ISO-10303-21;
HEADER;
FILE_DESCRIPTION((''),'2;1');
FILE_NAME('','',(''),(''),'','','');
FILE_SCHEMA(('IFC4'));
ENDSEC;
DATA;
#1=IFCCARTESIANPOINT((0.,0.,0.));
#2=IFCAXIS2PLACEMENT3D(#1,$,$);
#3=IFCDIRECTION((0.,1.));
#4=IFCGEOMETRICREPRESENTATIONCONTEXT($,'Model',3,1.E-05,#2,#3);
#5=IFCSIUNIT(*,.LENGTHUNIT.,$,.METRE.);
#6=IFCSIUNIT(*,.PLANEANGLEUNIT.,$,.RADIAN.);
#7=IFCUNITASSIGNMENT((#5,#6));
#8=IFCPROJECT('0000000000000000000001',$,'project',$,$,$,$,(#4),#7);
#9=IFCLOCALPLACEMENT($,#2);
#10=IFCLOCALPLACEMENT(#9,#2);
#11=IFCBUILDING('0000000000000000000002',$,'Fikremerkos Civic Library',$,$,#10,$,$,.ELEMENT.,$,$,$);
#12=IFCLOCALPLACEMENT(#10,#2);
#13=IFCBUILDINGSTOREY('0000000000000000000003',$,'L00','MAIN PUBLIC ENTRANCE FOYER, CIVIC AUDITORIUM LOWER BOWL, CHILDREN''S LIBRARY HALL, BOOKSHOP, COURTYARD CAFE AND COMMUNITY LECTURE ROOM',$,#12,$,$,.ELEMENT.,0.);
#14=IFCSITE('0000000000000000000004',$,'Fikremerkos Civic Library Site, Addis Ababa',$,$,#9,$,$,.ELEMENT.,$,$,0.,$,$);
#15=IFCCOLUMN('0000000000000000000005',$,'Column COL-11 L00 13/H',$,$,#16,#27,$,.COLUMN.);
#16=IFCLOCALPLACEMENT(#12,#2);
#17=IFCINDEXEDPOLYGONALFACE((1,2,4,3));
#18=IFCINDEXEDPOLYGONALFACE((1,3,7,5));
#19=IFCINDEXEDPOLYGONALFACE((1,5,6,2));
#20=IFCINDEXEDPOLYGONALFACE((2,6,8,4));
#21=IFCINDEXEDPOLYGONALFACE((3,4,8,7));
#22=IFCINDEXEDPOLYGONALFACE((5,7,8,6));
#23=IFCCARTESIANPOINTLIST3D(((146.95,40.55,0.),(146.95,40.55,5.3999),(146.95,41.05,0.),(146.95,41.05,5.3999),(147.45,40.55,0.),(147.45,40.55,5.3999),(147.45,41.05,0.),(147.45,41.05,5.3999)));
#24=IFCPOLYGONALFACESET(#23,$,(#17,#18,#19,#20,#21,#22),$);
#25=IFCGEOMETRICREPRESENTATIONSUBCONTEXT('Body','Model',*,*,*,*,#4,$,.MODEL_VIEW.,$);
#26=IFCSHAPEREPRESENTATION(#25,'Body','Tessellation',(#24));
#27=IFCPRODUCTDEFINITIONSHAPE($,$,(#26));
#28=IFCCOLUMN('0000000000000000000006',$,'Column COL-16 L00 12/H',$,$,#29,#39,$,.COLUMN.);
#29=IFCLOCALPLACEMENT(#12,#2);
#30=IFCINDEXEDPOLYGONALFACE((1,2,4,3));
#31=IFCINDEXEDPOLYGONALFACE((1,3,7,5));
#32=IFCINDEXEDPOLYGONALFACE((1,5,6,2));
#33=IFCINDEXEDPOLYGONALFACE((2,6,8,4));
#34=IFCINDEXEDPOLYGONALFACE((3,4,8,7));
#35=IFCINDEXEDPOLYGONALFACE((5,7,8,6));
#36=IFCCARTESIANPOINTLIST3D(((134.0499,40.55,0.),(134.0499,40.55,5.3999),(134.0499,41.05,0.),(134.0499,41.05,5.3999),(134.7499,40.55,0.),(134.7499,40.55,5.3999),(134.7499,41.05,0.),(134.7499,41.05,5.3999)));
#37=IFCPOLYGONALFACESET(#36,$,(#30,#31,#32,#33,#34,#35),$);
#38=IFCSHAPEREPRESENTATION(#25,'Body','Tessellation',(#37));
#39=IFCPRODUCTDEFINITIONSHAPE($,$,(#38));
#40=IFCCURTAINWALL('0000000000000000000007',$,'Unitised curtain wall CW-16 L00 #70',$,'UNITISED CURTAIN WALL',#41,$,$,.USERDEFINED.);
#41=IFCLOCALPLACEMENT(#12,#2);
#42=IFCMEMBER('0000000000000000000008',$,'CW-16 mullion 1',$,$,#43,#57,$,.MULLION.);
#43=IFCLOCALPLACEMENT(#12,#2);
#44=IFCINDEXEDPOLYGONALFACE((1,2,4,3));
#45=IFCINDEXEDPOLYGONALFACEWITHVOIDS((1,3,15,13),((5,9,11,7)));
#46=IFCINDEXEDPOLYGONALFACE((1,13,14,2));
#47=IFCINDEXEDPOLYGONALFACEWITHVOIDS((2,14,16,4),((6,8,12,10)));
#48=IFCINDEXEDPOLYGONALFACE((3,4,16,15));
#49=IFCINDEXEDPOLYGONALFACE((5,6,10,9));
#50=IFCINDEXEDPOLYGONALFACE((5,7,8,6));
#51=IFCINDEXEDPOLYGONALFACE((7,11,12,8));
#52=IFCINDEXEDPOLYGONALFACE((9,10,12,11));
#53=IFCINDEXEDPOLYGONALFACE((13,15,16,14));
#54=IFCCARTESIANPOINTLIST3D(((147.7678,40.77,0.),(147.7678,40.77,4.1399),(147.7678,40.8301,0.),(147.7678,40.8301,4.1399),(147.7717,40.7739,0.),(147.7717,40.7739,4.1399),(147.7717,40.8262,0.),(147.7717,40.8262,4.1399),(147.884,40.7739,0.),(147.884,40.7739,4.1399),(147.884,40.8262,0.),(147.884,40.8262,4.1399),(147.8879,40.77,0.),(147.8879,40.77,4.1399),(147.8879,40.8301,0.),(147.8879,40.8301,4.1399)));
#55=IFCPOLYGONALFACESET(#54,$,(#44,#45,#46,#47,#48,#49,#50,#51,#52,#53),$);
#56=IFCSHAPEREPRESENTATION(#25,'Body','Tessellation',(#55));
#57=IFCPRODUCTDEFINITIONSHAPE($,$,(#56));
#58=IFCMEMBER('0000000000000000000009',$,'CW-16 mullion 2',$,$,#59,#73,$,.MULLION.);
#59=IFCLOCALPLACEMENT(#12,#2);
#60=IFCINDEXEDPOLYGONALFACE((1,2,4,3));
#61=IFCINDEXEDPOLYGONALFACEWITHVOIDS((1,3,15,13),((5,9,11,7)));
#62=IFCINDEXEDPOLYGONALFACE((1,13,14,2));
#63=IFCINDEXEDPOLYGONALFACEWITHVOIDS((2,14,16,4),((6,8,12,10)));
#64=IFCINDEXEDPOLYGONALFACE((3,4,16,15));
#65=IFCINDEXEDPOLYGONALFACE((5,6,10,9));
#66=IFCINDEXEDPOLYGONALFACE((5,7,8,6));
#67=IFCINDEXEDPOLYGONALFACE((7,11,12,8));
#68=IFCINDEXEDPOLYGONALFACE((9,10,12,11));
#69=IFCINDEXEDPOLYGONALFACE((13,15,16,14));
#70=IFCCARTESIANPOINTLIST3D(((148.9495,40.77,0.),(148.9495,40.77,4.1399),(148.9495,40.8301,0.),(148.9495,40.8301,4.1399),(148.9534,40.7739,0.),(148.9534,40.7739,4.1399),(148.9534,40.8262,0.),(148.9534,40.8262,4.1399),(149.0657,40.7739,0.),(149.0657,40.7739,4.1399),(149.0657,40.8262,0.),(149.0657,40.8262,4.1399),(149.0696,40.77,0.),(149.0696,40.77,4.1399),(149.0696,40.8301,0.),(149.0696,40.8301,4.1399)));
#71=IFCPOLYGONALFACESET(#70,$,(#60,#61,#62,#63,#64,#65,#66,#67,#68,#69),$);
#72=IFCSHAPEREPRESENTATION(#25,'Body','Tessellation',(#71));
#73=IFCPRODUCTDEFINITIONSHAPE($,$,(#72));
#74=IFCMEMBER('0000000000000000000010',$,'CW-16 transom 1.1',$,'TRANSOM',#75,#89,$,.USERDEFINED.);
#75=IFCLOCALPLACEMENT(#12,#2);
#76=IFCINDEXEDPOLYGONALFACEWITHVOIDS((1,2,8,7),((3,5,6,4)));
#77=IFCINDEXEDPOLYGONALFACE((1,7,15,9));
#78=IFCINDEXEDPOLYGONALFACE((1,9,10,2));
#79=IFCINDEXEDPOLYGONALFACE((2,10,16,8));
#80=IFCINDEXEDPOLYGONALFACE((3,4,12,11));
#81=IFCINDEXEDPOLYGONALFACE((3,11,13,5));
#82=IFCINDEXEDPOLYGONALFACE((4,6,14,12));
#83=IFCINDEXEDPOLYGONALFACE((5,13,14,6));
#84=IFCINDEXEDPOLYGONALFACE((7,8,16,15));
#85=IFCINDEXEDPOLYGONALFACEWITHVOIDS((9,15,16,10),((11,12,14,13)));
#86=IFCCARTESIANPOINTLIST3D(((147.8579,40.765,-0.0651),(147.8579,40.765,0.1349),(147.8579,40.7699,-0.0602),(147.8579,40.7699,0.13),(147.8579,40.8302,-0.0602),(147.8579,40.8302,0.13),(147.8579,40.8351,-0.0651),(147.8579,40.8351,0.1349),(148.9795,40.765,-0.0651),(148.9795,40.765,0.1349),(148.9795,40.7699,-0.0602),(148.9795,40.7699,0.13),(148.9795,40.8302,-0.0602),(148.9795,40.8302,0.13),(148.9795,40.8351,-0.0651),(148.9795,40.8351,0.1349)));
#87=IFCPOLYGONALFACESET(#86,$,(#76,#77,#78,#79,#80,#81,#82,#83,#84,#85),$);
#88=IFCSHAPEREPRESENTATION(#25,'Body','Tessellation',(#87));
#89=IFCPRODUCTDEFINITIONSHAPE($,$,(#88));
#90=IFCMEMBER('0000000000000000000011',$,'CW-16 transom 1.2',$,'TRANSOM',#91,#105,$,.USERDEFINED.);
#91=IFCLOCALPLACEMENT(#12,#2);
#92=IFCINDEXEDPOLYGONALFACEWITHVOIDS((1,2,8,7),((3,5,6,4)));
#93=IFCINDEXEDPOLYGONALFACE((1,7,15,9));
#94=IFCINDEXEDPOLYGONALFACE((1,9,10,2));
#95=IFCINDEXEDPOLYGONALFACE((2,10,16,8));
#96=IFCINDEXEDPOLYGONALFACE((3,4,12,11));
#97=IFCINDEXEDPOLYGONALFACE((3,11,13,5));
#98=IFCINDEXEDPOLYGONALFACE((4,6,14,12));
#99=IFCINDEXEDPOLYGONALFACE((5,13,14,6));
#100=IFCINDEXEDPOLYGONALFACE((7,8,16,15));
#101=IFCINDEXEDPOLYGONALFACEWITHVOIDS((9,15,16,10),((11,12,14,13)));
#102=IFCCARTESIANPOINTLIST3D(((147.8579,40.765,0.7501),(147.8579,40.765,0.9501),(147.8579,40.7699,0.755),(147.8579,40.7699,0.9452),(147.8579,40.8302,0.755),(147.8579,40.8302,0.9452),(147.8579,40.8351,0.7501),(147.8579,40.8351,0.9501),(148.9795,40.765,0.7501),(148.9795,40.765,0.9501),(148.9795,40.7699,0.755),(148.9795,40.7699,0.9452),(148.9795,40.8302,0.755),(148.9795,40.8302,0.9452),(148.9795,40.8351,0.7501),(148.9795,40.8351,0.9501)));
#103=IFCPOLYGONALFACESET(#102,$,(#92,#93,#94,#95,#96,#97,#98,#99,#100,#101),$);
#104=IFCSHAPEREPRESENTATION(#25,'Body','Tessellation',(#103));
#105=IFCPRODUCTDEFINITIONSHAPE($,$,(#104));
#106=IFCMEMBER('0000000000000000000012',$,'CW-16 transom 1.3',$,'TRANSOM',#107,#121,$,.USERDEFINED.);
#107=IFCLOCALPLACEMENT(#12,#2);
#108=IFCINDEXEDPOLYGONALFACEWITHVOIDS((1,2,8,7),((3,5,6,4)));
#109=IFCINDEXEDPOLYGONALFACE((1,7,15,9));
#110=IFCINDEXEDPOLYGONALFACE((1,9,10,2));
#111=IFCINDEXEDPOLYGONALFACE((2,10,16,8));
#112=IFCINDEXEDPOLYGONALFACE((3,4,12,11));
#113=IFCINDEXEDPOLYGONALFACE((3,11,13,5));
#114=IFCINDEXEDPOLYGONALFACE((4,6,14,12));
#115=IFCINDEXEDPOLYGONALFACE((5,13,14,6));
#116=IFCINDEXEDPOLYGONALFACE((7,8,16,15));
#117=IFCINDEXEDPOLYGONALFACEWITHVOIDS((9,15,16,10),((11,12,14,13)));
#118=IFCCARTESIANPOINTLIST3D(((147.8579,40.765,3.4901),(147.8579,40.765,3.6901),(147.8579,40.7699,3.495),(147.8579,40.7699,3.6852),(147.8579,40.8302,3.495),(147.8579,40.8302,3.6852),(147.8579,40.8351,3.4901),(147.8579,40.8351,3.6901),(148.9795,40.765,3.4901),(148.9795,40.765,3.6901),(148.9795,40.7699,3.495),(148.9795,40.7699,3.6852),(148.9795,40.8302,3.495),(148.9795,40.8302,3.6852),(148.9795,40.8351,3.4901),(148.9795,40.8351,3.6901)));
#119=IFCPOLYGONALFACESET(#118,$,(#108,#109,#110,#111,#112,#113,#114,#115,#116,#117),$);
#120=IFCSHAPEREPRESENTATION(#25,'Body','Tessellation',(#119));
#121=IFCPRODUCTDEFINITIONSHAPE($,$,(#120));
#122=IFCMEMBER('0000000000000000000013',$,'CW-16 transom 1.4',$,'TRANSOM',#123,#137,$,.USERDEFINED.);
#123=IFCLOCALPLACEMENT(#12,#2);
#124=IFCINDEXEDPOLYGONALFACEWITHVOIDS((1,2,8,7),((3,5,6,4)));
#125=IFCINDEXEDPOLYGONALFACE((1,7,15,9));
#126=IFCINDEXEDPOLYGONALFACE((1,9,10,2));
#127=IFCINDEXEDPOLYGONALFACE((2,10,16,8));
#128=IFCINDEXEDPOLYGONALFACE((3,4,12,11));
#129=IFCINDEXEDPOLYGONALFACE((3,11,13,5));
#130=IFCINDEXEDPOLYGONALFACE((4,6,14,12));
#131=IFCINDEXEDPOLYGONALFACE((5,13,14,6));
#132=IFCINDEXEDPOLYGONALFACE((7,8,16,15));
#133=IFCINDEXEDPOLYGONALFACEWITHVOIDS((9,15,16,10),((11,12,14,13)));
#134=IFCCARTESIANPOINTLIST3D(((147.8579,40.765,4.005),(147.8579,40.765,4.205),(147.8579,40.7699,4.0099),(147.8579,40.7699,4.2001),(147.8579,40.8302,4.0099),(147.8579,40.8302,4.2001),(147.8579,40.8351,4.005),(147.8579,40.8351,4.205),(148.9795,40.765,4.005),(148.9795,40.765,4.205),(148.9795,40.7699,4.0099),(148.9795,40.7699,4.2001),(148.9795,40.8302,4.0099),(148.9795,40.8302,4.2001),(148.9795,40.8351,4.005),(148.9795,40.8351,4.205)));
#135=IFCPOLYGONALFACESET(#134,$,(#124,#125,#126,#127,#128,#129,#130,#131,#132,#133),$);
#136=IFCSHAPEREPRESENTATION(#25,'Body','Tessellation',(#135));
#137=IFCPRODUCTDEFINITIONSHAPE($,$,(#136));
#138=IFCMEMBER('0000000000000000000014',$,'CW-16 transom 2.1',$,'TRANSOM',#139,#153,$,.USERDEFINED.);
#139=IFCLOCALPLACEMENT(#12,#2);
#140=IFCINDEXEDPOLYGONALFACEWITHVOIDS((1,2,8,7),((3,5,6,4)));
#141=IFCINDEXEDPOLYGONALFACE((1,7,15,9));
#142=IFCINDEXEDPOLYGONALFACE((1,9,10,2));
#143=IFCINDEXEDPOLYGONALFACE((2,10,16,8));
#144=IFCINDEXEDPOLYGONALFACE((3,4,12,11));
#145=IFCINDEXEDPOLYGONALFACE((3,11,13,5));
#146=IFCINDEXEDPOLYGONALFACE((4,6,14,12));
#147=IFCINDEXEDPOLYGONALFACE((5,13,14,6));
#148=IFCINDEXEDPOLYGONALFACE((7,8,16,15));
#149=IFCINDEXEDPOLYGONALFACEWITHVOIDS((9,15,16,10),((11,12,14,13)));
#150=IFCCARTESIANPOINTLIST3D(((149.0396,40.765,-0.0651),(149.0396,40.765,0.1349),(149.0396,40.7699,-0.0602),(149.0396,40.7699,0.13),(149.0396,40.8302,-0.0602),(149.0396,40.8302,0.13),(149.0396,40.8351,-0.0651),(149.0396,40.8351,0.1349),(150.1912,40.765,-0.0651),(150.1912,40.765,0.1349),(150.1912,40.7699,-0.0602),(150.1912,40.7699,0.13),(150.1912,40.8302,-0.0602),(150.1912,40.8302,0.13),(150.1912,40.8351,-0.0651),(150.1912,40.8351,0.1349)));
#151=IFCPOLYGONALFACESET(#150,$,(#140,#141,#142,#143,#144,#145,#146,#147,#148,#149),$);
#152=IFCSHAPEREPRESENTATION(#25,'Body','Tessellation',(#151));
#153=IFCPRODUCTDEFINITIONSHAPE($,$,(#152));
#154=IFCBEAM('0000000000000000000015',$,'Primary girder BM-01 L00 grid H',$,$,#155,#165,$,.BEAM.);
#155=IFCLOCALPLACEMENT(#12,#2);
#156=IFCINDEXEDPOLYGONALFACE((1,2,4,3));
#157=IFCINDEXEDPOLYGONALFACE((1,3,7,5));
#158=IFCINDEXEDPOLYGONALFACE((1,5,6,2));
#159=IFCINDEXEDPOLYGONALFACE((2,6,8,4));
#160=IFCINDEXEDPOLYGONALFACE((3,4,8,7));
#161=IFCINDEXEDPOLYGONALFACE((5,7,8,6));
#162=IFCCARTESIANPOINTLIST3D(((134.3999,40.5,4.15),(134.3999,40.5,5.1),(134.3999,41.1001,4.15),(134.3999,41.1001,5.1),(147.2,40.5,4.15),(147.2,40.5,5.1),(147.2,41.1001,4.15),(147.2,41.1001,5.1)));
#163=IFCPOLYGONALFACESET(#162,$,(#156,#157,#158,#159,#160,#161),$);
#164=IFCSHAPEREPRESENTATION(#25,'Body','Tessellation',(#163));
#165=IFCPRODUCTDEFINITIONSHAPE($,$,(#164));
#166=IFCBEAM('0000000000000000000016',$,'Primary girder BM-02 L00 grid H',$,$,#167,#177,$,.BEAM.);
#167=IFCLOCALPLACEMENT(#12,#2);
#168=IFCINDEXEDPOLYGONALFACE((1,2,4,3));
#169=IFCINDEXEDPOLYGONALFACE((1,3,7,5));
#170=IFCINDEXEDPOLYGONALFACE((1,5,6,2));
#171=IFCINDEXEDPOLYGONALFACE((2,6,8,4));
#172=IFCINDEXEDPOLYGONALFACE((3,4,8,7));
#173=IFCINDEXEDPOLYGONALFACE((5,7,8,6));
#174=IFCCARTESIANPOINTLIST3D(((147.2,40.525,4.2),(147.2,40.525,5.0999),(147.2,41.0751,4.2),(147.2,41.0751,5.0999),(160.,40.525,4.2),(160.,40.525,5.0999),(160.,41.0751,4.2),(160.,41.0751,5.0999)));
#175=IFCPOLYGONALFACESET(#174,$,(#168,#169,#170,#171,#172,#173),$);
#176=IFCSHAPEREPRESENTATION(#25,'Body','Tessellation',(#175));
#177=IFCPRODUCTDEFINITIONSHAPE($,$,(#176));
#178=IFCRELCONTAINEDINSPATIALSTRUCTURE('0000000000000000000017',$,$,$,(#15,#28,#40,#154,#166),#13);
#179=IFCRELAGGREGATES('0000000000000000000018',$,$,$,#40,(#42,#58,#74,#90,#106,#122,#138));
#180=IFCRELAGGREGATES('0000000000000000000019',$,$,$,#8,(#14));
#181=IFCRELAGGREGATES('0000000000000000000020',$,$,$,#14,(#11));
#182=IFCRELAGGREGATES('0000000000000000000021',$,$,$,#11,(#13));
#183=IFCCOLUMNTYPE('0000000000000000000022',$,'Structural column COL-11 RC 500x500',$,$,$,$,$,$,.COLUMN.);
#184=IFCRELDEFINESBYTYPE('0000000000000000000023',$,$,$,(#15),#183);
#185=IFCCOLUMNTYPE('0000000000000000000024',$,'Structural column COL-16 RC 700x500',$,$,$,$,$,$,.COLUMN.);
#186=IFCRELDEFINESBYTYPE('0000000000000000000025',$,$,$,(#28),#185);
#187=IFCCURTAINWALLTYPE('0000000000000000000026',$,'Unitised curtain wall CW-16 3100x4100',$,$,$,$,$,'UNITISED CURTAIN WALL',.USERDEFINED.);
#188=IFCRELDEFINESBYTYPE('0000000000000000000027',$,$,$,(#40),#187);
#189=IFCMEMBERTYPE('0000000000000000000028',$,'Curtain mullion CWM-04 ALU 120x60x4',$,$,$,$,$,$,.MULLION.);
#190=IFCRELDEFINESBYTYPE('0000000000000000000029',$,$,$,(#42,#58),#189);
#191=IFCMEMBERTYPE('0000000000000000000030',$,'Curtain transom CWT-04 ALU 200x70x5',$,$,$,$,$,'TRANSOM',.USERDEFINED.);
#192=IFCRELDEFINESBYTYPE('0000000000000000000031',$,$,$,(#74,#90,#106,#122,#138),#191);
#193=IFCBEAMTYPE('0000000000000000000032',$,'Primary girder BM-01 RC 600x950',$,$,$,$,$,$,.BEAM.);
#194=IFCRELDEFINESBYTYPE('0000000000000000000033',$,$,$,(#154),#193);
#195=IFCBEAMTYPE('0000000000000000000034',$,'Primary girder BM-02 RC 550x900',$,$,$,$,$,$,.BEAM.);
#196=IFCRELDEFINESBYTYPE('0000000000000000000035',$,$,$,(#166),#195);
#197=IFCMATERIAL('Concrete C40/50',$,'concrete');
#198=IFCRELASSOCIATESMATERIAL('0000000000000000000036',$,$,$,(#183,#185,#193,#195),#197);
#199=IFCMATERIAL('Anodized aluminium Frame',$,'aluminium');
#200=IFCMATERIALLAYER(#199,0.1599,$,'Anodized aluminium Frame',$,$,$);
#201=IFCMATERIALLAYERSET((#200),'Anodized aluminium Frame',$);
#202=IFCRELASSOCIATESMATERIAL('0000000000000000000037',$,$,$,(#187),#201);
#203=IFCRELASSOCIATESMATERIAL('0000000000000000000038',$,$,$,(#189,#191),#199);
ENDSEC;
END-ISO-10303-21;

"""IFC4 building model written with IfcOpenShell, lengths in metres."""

from ifc_helpers import new_model, si_unit, direction, frame, origin, origin_2d, place, context, subcontext, project, spatial, rectangle, hollow_rectangle, extrude, material, layer, layer_set, material_profile, profile_set, type_object, element, aggregate, save


model = new_model("IFC4")

# Units and contexts
model_context = context("Model", 3, precision=1e-05, world=origin(), true_north=direction((0.0, 1.0)))
body_context = subcontext(model_context, "Body", "Model", "MODEL_VIEW")
ifc_project = project(units=[si_unit("LENGTHUNIT", "METRE"), si_unit("PLANEANGLEUNIT", "RADIAN")], contexts=[model_context])

# Site, building, storey
site_placement = place(None, origin())
site = spatial("IfcSite", under=ifc_project, at=site_placement, Name="Fikremerkos Civic Library Site, Addis Ababa", CompositionType="ELEMENT", RefElevation=0.0)
building_placement = place(site_placement, origin())
building = spatial("IfcBuilding", under=site, at=building_placement, Name="Fikremerkos Civic Library", CompositionType="ELEMENT")
storey_placement = place(building_placement, origin())
storey = spatial("IfcBuildingStorey", under=building, at=storey_placement, Name="L00", Description="MAIN PUBLIC ENTRANCE FOYER, CIVIC AUDITORIUM LOWER BOWL, CHILDREN'S LIBRARY HALL, BOOKSHOP, COURTYARD CAFE AND COMMUNITY LECTURE ROOM", CompositionType="ELEMENT", Elevation=0.0)

# Columns
ifc_material_1 = material(Name="Concrete C40/50", Category="concrete")
ifc_material_profile_1 = material_profile(ifc_material_1, rectangle(XDim=0.5, YDim=0.5, at=origin_2d()), Name="RC 500x500")
ifc_profile_set_1 = profile_set([ifc_material_profile_1], Name="Concrete C40/50")
column_type_1 = type_object("IfcColumnType", Name="Structural column COL-11 RC 500x500", PredefinedType="COLUMN", material=ifc_profile_set_1)
column_1_placement = place(storey_placement, frame((147.2, 40.8, 0.0), z_axis=(0.0, 0.0, 1.0), x_axis=(1.0, 0.0, 0.0)))
element("IfcColumn", 1, at=column_1_placement, inside=storey, type_object=column_type_1, Name="Column COL-11 L00 13/H", PredefinedType="COLUMN", context=body_context, shape_type="SweptSolid", body=[
    extrude(rectangle(XDim=0.5, YDim=0.5, at=origin_2d()), origin(), (0.0, 0.0, 1.0), 5.3999),
])
ifc_material_profile_2 = material_profile(ifc_material_1, rectangle(XDim=0.7, YDim=0.5, at=origin_2d()), Name="RC 700x500")
ifc_profile_set_2 = profile_set([ifc_material_profile_2], Name="Concrete C40/50")
column_type_2 = type_object("IfcColumnType", Name="Structural column COL-16 RC 700x500", PredefinedType="COLUMN", material=ifc_profile_set_2)
column_2_placement = place(storey_placement, frame((134.3999, 40.8, 0.0), z_axis=(0.0, 0.0, 1.0), x_axis=(1.0, 0.0, 0.0)))
element("IfcColumn", 2, at=column_2_placement, inside=storey, type_object=column_type_2, Name="Column COL-16 L00 12/H", PredefinedType="COLUMN", context=body_context, shape_type="SweptSolid", body=[
    extrude(rectangle(XDim=0.7, YDim=0.5, at=origin_2d()), origin(), (0.0, 0.0, 1.0), 5.3999),
])

# Curtain wall, members
ifc_material_2 = material(Name="Anodized aluminium Frame", Category="aluminium")
ifc_layer_1 = layer(ifc_material_2, 0.1599, Name="Anodized aluminium Frame")
ifc_layer_set_1 = layer_set([ifc_layer_1], Name="Anodized aluminium Frame")
curtain_wall_type = type_object("IfcCurtainWallType", Name="Unitised curtain wall CW-16 3100x4100", ElementType="UNITISED CURTAIN WALL", PredefinedType="USERDEFINED", material=ifc_layer_set_1)
curtain_wall_placement = place(storey_placement, origin())
curtain_wall = element("IfcCurtainWall", 3, at=curtain_wall_placement, inside=storey, type_object=curtain_wall_type, Name="Unitised curtain wall CW-16 L00 #70", ObjectType="UNITISED CURTAIN WALL", PredefinedType="USERDEFINED")
ifc_material_profile_3 = material_profile(ifc_material_2, hollow_rectangle(XDim=0.0601, YDim=0.1201, WallThickness=0.0039, at=origin_2d()), Name="ALU 120x60x4")
ifc_profile_set_3 = profile_set([ifc_material_profile_3], Name="Anodized aluminium Frame")
member_type_1 = type_object("IfcMemberType", Name="Curtain mullion CWM-04 ALU 120x60x4", PredefinedType="MULLION", material=ifc_profile_set_3)
member_1_placement = place(storey_placement, frame((147.8279, 40.8, 0.0), z_axis=(0.0, 0.0, 1.0), x_axis=(0.0, 1.0, 0.0)))
member_1 = element("IfcMember", 4, at=member_1_placement, type_object=member_type_1, Name="CW-16 mullion 1", PredefinedType="MULLION", context=body_context, shape_type="SweptSolid", body=[
    extrude(hollow_rectangle(XDim=0.0601, YDim=0.1201, WallThickness=0.0039, at=origin_2d()), origin(), (0.0, 0.0, 1.0), 4.1399),
])
member_2_placement = place(storey_placement, frame((149.0095, 40.8, 0.0), z_axis=(0.0, 0.0, 1.0), x_axis=(0.0, 1.0, 0.0)))
member_2 = element("IfcMember", 5, at=member_2_placement, type_object=member_type_1, Name="CW-16 mullion 2", PredefinedType="MULLION", context=body_context, shape_type="SweptSolid", body=[
    extrude(hollow_rectangle(XDim=0.0601, YDim=0.1201, WallThickness=0.0039, at=origin_2d()), origin(), (0.0, 0.0, 1.0), 4.1399),
])
ifc_material_profile_4 = material_profile(ifc_material_2, hollow_rectangle(XDim=0.0701, YDim=0.2, WallThickness=0.0049, at=origin_2d()), Name="ALU 200x70x5")
ifc_profile_set_4 = profile_set([ifc_material_profile_4], Name="Anodized aluminium Frame")
member_type_2 = type_object("IfcMemberType", Name="Curtain transom CWT-04 ALU 200x70x5", ElementType="TRANSOM", PredefinedType="USERDEFINED", material=ifc_profile_set_4)
member_3_placement = place(storey_placement, frame((147.8579, 40.8, 0.0349), z_axis=(1.0, 0.0, 0.0), x_axis=(0.0, 1.0, 0.0)))
member_3 = element("IfcMember", 6, at=member_3_placement, type_object=member_type_2, Name="CW-16 transom 1.1", ObjectType="TRANSOM", PredefinedType="USERDEFINED", context=body_context, shape_type="SweptSolid", body=[
    extrude(hollow_rectangle(XDim=0.0701, YDim=0.2, WallThickness=0.0049, at=origin_2d()), origin(), (0.0, 0.0, 1.0), 1.1216),
])
member_4_placement = place(storey_placement, frame((147.8579, 40.8, 0.8501), z_axis=(1.0, 0.0, 0.0), x_axis=(0.0, 1.0, 0.0)))
member_4 = element("IfcMember", 7, at=member_4_placement, type_object=member_type_2, Name="CW-16 transom 1.2", ObjectType="TRANSOM", PredefinedType="USERDEFINED", context=body_context, shape_type="SweptSolid", body=[
    extrude(hollow_rectangle(XDim=0.0701, YDim=0.2, WallThickness=0.0049, at=origin_2d()), origin(), (0.0, 0.0, 1.0), 1.1216),
])
member_5_placement = place(storey_placement, frame((147.8579, 40.8, 3.5901), z_axis=(1.0, 0.0, 0.0), x_axis=(0.0, 1.0, 0.0)))
member_5 = element("IfcMember", 8, at=member_5_placement, type_object=member_type_2, Name="CW-16 transom 1.3", ObjectType="TRANSOM", PredefinedType="USERDEFINED", context=body_context, shape_type="SweptSolid", body=[
    extrude(hollow_rectangle(XDim=0.0701, YDim=0.2, WallThickness=0.0049, at=origin_2d()), origin(), (0.0, 0.0, 1.0), 1.1216),
])
member_6_placement = place(storey_placement, frame((147.8579, 40.8, 4.105), z_axis=(1.0, 0.0, 0.0), x_axis=(0.0, 1.0, 0.0)))
member_6 = element("IfcMember", 9, at=member_6_placement, type_object=member_type_2, Name="CW-16 transom 1.4", ObjectType="TRANSOM", PredefinedType="USERDEFINED", context=body_context, shape_type="SweptSolid", body=[
    extrude(hollow_rectangle(XDim=0.0701, YDim=0.2, WallThickness=0.0049, at=origin_2d()), origin(), (0.0, 0.0, 1.0), 1.1216),
])
member_7_placement = place(storey_placement, frame((149.0396, 40.8, 0.0349), z_axis=(1.0, 0.0, 0.0), x_axis=(0.0, 1.0, 0.0)))
member_7 = element("IfcMember", 10, at=member_7_placement, type_object=member_type_2, Name="CW-16 transom 2.1", ObjectType="TRANSOM", PredefinedType="USERDEFINED", context=body_context, shape_type="SweptSolid", body=[
    extrude(hollow_rectangle(XDim=0.0701, YDim=0.2, WallThickness=0.0049, at=origin_2d()), origin(), (0.0, 0.0, 1.0), 1.1516),
])

# Beams
ifc_material_profile_5 = material_profile(ifc_material_1, rectangle(XDim=0.6001, YDim=0.95, at=origin_2d()), Name="RC 600x950")
ifc_profile_set_5 = profile_set([ifc_material_profile_5], Name="Concrete C40/50")
beam_type_1 = type_object("IfcBeamType", Name="Primary girder BM-01 RC 600x950", PredefinedType="BEAM", material=ifc_profile_set_5)
beam_1_placement = place(storey_placement, frame((134.3999, 40.8, 4.625), z_axis=(1.0, 0.0, 0.0), x_axis=(0.0, 1.0, 0.0)))
element("IfcBeam", 11, at=beam_1_placement, inside=storey, type_object=beam_type_1, Name="Primary girder BM-01 L00 grid H", PredefinedType="BEAM", context=body_context, shape_type="SweptSolid", body=[
    extrude(rectangle(XDim=0.6001, YDim=0.95, at=origin_2d()), origin(), (0.0, 0.0, 1.0), 12.8),
])
ifc_material_profile_6 = material_profile(ifc_material_1, rectangle(XDim=0.55, YDim=0.8999, at=origin_2d()), Name="RC 550x900")
ifc_profile_set_6 = profile_set([ifc_material_profile_6], Name="Concrete C40/50")
beam_type_2 = type_object("IfcBeamType", Name="Primary girder BM-02 RC 550x900", PredefinedType="BEAM", material=ifc_profile_set_6)
beam_2_placement = place(storey_placement, frame((147.2, 40.8, 4.6499), z_axis=(1.0, 0.0, 0.0), x_axis=(0.0, 1.0, 0.0)))
element("IfcBeam", 12, at=beam_2_placement, inside=storey, type_object=beam_type_2, Name="Primary girder BM-02 L00 grid H", PredefinedType="BEAM", context=body_context, shape_type="SweptSolid", body=[
    extrude(rectangle(XDim=0.55, YDim=0.8999, at=origin_2d()), origin(), (0.0, 0.0, 1.0), 12.8),
])

aggregate(curtain_wall, [member_1, member_2, member_3, member_4, member_5, member_6, member_7])

save(model, "model.ifc")
